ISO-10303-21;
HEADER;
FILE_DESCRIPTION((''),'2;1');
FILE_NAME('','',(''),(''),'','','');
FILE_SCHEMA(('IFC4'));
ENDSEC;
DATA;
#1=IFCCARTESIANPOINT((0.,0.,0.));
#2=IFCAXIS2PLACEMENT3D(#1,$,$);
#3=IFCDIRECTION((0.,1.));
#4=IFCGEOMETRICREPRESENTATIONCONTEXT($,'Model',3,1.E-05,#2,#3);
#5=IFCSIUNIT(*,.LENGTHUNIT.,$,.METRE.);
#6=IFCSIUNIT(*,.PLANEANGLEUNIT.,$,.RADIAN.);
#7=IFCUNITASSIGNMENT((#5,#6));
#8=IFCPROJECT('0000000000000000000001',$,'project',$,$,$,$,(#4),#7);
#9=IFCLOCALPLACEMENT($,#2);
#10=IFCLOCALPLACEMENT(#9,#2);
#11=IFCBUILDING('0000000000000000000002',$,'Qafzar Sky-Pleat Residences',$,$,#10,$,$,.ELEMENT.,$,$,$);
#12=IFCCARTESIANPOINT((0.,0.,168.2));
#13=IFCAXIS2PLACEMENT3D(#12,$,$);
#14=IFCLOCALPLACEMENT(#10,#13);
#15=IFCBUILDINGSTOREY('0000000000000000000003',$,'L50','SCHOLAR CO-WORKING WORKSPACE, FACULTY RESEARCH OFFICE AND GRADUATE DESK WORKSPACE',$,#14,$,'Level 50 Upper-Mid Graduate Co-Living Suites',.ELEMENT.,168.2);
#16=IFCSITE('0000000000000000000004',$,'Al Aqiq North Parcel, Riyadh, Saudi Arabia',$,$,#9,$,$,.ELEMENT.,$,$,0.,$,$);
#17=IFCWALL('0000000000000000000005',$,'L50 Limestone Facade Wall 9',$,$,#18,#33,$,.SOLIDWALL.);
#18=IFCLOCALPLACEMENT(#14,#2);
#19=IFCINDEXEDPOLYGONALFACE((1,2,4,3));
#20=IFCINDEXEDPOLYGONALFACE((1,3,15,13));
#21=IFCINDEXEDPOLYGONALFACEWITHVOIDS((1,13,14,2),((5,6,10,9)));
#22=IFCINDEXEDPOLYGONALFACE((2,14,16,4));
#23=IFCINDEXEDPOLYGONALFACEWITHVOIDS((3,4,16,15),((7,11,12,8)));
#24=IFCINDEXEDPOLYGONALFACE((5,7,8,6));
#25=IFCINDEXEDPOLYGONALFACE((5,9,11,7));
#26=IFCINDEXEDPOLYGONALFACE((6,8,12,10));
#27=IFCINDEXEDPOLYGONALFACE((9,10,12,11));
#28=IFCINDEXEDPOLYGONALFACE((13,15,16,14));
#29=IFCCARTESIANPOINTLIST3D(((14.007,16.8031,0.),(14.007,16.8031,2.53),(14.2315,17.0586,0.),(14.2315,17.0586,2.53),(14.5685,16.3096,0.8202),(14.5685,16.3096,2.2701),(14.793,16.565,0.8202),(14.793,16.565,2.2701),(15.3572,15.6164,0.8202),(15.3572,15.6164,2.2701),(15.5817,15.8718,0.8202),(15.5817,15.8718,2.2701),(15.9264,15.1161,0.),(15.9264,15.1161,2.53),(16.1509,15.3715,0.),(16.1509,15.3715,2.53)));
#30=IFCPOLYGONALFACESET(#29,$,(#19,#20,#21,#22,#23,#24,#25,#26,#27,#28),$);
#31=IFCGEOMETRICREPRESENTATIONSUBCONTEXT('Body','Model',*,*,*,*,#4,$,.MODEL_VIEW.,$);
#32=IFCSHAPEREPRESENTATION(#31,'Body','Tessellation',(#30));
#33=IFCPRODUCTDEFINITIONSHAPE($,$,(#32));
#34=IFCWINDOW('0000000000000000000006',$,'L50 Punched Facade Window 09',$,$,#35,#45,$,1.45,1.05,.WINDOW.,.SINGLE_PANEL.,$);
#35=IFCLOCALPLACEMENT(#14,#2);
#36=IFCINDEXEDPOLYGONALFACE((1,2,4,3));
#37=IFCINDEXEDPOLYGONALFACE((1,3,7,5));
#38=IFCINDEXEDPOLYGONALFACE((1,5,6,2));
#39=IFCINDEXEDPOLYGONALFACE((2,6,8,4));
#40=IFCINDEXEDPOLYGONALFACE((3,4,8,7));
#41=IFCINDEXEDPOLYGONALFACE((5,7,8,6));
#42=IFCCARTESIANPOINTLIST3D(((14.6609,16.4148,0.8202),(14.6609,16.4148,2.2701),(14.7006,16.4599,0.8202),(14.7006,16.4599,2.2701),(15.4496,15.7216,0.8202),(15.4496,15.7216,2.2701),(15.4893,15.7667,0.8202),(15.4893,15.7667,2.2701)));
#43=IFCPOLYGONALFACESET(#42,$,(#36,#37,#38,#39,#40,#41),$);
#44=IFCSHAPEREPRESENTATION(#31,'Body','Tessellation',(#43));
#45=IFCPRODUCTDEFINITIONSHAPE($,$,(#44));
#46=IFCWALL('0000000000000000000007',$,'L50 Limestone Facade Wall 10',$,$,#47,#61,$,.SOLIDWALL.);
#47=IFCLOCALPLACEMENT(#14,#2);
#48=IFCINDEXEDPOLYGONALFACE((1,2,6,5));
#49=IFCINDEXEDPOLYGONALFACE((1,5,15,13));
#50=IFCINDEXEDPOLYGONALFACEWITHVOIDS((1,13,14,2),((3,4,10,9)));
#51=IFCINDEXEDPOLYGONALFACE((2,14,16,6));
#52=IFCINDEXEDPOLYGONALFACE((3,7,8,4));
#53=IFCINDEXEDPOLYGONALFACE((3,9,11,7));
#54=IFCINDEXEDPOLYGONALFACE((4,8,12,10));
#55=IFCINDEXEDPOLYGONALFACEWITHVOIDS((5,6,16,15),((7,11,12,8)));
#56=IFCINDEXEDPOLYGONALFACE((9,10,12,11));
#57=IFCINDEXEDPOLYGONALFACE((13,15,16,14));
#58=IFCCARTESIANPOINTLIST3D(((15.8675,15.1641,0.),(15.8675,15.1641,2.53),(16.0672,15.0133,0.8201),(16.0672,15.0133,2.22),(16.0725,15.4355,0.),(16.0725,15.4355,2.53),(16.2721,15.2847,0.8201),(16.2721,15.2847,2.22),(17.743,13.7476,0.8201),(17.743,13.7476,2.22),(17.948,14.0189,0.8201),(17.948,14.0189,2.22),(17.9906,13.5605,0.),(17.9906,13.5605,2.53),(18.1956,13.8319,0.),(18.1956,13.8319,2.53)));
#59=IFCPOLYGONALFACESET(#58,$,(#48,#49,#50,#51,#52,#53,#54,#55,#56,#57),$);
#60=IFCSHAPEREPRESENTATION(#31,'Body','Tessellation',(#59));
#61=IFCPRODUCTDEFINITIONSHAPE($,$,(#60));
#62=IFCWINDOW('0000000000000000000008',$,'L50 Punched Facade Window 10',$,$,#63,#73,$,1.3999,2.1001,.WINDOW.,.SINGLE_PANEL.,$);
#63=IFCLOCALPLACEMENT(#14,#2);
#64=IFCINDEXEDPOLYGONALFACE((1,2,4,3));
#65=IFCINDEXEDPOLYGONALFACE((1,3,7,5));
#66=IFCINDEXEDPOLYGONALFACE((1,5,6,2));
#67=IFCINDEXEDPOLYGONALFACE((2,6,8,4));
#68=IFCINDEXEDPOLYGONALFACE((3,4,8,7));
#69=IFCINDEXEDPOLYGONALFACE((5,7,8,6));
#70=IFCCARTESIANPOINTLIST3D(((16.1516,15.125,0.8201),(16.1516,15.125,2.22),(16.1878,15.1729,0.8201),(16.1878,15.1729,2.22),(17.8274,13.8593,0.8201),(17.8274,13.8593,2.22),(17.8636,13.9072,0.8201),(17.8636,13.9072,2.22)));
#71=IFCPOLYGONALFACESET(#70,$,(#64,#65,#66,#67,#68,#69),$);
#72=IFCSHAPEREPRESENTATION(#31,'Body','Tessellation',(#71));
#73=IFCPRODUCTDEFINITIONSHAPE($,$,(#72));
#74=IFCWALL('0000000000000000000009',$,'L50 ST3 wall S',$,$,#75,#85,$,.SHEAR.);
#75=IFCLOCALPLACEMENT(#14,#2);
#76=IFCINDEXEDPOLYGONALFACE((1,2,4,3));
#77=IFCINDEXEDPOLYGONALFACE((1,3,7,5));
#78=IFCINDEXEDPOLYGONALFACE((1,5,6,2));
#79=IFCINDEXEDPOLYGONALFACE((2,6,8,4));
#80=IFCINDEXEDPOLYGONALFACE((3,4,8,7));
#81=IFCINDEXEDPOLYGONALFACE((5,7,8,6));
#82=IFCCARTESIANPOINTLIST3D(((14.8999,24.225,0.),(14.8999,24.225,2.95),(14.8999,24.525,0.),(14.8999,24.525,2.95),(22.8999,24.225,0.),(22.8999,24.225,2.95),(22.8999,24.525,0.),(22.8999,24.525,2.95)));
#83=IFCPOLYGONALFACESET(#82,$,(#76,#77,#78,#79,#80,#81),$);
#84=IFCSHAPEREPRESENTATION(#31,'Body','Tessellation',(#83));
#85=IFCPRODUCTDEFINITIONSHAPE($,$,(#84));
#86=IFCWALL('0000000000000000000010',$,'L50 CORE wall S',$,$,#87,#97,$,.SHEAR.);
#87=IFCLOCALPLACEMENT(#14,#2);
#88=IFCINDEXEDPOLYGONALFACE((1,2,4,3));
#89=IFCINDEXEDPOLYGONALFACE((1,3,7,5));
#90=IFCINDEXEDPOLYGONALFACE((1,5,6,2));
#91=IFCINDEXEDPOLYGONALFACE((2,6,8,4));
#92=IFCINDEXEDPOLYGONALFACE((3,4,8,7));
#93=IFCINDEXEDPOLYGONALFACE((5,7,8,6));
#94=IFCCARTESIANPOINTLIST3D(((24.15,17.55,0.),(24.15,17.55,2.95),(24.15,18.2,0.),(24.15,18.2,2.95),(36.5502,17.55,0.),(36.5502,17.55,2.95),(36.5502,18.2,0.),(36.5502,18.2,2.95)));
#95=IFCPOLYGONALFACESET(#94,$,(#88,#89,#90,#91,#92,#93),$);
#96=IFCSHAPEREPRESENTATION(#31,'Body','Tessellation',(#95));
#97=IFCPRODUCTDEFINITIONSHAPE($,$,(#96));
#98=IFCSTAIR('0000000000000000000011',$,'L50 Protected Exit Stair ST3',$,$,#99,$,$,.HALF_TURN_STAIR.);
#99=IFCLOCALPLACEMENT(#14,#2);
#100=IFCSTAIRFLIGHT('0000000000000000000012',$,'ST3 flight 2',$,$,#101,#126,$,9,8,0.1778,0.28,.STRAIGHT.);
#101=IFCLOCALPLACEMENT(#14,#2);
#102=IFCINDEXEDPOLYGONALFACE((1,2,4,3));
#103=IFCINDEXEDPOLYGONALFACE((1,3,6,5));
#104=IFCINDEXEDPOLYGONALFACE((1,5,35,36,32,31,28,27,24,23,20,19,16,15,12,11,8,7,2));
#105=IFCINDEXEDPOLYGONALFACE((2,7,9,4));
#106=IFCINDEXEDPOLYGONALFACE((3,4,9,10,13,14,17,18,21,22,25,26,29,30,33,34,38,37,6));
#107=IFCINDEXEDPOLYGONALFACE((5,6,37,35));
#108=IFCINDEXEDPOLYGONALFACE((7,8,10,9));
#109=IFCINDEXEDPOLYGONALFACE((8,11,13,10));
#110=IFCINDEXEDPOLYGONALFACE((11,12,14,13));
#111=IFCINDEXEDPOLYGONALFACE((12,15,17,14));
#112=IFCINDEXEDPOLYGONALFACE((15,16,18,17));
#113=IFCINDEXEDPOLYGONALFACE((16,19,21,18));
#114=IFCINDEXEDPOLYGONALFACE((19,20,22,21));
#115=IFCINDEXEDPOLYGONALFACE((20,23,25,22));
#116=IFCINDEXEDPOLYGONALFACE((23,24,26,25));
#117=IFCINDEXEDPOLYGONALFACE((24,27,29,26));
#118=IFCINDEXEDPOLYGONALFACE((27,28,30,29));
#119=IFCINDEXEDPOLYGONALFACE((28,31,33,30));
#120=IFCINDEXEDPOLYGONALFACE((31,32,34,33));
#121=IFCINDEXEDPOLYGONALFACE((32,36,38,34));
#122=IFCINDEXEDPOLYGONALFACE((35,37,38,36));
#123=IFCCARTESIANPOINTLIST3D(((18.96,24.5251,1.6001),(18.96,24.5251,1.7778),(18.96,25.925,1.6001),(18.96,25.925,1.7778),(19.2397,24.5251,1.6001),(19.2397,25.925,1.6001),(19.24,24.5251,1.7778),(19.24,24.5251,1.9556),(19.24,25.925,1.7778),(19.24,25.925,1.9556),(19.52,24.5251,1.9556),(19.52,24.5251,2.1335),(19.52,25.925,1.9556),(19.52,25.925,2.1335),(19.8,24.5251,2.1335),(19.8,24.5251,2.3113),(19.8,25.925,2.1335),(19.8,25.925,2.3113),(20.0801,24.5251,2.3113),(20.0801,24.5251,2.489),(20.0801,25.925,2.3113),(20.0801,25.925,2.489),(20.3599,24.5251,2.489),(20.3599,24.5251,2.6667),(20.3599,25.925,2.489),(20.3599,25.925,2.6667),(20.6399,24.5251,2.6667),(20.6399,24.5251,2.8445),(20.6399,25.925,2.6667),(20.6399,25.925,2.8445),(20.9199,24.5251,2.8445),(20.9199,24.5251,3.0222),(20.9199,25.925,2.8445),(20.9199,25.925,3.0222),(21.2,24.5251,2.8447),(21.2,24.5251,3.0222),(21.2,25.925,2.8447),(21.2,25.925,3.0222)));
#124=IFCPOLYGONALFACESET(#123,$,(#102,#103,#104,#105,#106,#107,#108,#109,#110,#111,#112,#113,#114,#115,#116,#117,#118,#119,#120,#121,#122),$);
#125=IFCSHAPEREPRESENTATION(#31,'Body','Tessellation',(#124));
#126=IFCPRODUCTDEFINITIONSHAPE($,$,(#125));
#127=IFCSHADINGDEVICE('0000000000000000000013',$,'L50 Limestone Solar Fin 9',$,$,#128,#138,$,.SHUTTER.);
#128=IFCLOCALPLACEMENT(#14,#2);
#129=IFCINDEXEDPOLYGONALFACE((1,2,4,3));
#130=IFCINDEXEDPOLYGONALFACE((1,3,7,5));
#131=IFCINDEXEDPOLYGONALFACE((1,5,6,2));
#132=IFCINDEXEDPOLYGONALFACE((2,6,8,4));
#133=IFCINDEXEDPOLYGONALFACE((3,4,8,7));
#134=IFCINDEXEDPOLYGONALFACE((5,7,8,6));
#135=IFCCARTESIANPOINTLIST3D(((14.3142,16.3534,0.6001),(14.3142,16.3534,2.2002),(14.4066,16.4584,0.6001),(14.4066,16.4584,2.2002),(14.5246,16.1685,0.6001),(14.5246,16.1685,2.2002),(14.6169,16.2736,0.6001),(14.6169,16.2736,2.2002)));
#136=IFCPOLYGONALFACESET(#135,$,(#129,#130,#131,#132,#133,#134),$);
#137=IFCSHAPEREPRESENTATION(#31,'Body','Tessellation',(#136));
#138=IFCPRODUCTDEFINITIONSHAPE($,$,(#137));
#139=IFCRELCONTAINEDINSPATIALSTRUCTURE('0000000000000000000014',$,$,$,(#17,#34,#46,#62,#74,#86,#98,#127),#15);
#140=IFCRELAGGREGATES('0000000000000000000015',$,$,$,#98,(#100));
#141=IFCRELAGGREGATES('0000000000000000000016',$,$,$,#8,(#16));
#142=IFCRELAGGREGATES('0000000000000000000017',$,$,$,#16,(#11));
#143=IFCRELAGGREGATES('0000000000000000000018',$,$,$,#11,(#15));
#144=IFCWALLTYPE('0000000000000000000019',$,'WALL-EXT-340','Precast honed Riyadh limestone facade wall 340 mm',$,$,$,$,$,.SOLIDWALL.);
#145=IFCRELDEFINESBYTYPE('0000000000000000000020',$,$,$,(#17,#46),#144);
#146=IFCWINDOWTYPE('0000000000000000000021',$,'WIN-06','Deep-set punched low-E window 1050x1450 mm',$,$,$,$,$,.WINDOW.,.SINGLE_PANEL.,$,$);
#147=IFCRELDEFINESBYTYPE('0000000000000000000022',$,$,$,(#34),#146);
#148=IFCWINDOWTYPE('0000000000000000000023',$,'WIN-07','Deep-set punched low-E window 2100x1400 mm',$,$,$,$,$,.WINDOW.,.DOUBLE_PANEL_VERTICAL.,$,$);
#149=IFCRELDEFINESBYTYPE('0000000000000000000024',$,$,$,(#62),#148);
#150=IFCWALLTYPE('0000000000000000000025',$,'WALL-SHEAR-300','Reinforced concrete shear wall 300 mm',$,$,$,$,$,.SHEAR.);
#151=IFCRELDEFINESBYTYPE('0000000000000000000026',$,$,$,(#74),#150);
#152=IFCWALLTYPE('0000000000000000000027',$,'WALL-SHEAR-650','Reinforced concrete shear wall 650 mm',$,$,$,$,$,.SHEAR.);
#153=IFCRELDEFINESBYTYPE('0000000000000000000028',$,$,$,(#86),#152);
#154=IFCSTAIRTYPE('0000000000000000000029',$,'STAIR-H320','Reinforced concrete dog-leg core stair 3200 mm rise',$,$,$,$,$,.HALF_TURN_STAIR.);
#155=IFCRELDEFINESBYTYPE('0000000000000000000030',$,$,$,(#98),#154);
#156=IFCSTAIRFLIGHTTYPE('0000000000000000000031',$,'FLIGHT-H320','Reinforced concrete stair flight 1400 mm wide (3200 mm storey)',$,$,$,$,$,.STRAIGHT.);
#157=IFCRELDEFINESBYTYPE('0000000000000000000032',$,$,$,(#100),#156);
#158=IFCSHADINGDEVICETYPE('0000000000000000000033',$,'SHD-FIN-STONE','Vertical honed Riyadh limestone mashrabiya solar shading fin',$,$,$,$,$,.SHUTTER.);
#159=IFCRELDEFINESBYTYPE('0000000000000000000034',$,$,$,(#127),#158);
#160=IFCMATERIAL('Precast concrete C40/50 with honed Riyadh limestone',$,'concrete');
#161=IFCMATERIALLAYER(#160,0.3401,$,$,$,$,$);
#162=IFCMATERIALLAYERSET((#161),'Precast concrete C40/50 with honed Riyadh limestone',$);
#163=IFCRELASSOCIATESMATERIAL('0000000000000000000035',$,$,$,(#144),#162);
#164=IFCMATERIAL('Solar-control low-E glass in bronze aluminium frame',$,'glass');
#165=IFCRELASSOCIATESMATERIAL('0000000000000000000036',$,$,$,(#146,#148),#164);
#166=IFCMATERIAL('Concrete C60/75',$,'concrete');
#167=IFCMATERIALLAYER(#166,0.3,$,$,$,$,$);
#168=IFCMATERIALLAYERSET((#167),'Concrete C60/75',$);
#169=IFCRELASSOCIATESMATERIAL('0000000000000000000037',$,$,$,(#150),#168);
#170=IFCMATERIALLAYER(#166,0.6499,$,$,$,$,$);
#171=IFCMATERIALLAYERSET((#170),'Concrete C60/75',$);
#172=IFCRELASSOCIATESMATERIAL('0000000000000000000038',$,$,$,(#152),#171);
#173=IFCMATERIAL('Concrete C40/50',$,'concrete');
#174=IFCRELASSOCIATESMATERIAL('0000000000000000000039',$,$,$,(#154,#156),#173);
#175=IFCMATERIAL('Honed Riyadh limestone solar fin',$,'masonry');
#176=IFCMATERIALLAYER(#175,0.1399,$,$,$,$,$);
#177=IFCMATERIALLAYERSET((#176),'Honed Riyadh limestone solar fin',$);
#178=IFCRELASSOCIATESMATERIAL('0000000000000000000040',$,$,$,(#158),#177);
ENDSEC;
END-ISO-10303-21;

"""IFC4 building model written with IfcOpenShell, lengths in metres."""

from ifc_helpers import new_model, si_unit, direction, frame, frame_2d, origin, origin_2d, place, context, subcontext, project, spatial, polyline, rectangle, outline, extrude, source, transform, mapped, material, layer, layer_set, type_object, element, fill, aggregate, save


model = new_model("IFC4")

# Units and contexts
model_context = context("Model", 3, precision=1e-05, world=origin(), true_north=direction((0.0, 1.0)))
body_context = subcontext(model_context, "Body", "Model", "MODEL_VIEW")
ifc_project = project(units=[si_unit("LENGTHUNIT", "METRE"), si_unit("PLANEANGLEUNIT", "RADIAN")], contexts=[model_context])

# Site, building, storey
site_placement = place(None, origin())
site = spatial("IfcSite", under=ifc_project, at=site_placement, Name="Al Aqiq North Parcel, Riyadh, Saudi Arabia", CompositionType="ELEMENT", RefElevation=0.0)
building_placement = place(site_placement, origin())
building = spatial("IfcBuilding", under=site, at=building_placement, Name="Qafzar Sky-Pleat Residences", CompositionType="ELEMENT")
storey_placement = place(building_placement, frame((0.0, 0.0, 168.2)))
storey = spatial("IfcBuildingStorey", under=building, at=storey_placement, Name="L50", Description="SCHOLAR CO-WORKING WORKSPACE, FACULTY RESEARCH OFFICE AND GRADUATE DESK WORKSPACE", LongName="Level 50 Upper-Mid Graduate Co-Living Suites", CompositionType="ELEMENT", Elevation=168.2)

# Walls, openings, windows
ifc_material_1 = material(Name="Precast concrete C40/50 with honed Riyadh limestone", Category="concrete")
ifc_layer_1 = layer(ifc_material_1, 0.3401)
ifc_layer_set_1 = layer_set([ifc_layer_1], Name="Precast concrete C40/50 with honed Riyadh limestone")
wall_type_1 = type_object("IfcWallType", Name="WALL-EXT-340", Description="Precast honed Riyadh limestone facade wall 340 mm", PredefinedType="SOLIDWALL", material=ifc_layer_set_1)
wall_1_placement = place(storey_placement, frame((14.1191, 16.9309, 0.0), z_axis=(0.0, 0.0, 1.0), x_axis=(0.751119, -0.660167, 0.0)))
wall_1 = element("IfcWall", 1, at=wall_1_placement, inside=storey, type_object=wall_type_1, Name="L50 Limestone Facade Wall 9", PredefinedType="SOLIDWALL", context=body_context, shape_type="SweptSolid", body=[
    extrude(rectangle(XDim=2.5554, YDim=0.3401, at=frame_2d((1.2778, 0.0))), origin(), (0.0, 0.0, 1.0), 2.53),
])
opening_1_placement = place(wall_1_placement, frame((0.7478, 0.0, 0.8201)))
opening_1 = element("IfcOpeningElement", 2, at=opening_1_placement, cuts=wall_1, PredefinedType="OPENING", context=body_context, shape_type="SweptSolid", body=[
    extrude(rectangle(XDim=1.05, YDim=1.45, at=frame_2d((0.5249, 0.7251))), frame((0.0, 0.1802, 0.0), z_axis=(0.0, -1.0, 0.0), x_axis=(1.0, 0.0, 0.0)), (0.0, 0.0, 1.0), 0.3601),
])
ifc_material_2 = material(Name="Solar-control low-E glass in bronze aluminium frame", Category="glass")
window_type_1 = type_object("IfcWindowType", Name="WIN-06", Description="Deep-set punched low-E window 1050x1450 mm", PartitioningType="SINGLE_PANEL", PredefinedType="WINDOW", material=ifc_material_2)
shared_shape_1 = source(origin(), body_context, "Body", "SweptSolid", [
    extrude(rectangle(XDim=1.05, YDim=1.45, at=frame_2d((0.5249, 0.7251))), frame((0.0, 0.03, 0.0), z_axis=(0.0, -1.0, 0.0), x_axis=(1.0, 0.0, 0.0)), (0.0, 0.0, 1.0), 0.0601),
])
window_1_placement = place(opening_1_placement, origin())
window_1 = element("IfcWindow", 3, at=window_1_placement, inside=storey, type_object=window_type_1, Name="L50 Punched Facade Window 09", OverallHeight=1.45, OverallWidth=1.05, PartitioningType="SINGLE_PANEL", PredefinedType="WINDOW", context=body_context, shape_type="MappedRepresentation", body=[
    mapped(shared_shape_1, transform((0.0, 0.0, 0.0), x_axis=(1.0, 0.0, 0.0), y_axis=(0.0, 1.0, 0.0), z_axis=(0.0, 0.0, 1.0), scale=1.0)),
])
fill(opening_1, window_1)
wall_2_placement = place(storey_placement, frame((15.97, 15.2998, 0.0), z_axis=(0.0, 0.0, 1.0), x_axis=(0.797969, -0.602698, 0.0)))
wall_2 = element("IfcWall", 4, at=wall_2_placement, inside=storey, type_object=wall_type_1, Name="L50 Limestone Facade Wall 10", PredefinedType="SOLIDWALL", context=body_context, shape_type="SweptSolid", body=[
    extrude(rectangle(XDim=2.6606, YDim=0.3401, at=frame_2d((1.3303, 0.0))), origin(), (0.0, 0.0, 1.0), 2.53),
])
opening_2_placement = place(wall_2_placement, frame((0.2502, 0.0, 0.8201)))
opening_2 = element("IfcOpeningElement", 5, at=opening_2_placement, cuts=wall_2, PredefinedType="OPENING", context=body_context, shape_type="SweptSolid", body=[
    extrude(rectangle(XDim=2.1001, YDim=1.3999, at=frame_2d((1.05, 0.7))), frame((0.0, 0.1802, 0.0), z_axis=(0.0, -1.0, 0.0), x_axis=(1.0, 0.0, 0.0)), (0.0, 0.0, 1.0), 0.3601),
])
window_type_2 = type_object("IfcWindowType", Name="WIN-07", Description="Deep-set punched low-E window 2100x1400 mm", PartitioningType="DOUBLE_PANEL_VERTICAL", PredefinedType="WINDOW", material=ifc_material_2)
shared_shape_2 = source(origin(), body_context, "Body", "SweptSolid", [
    extrude(rectangle(XDim=2.1001, YDim=1.3999, at=frame_2d((1.05, 0.7))), frame((0.0, 0.03, 0.0), z_axis=(0.0, -1.0, 0.0), x_axis=(1.0, 0.0, 0.0)), (0.0, 0.0, 1.0), 0.0601),
])
window_2_placement = place(opening_2_placement, origin())
window_2 = element("IfcWindow", 6, at=window_2_placement, inside=storey, type_object=window_type_2, Name="L50 Punched Facade Window 10", OverallHeight=1.3999, OverallWidth=2.1001, PartitioningType="SINGLE_PANEL", PredefinedType="WINDOW", context=body_context, shape_type="MappedRepresentation", body=[
    mapped(shared_shape_2, transform((0.0, 0.0, 0.0), x_axis=(1.0, 0.0, 0.0), y_axis=(0.0, 1.0, 0.0), z_axis=(0.0, 0.0, 1.0), scale=1.0)),
])
fill(opening_2, window_2)

# Shared definitions
ifc_material_3 = material(Name="Concrete C60/75", Category="concrete")
ifc_layer_2 = layer(ifc_material_3, 0.3)
ifc_layer_set_2 = layer_set([ifc_layer_2], Name="Concrete C60/75")
wall_type_2 = type_object("IfcWallType", Name="WALL-SHEAR-300", Description="Reinforced concrete shear wall 300 mm", PredefinedType="SHEAR", material=ifc_layer_set_2)

# Wall
wall_3_placement = place(storey_placement, frame((14.8999, 24.375, 0.0), z_axis=(0.0, 0.0, 1.0), x_axis=(1.0, 0.0, 0.0)))
element("IfcWall", 7, at=wall_3_placement, inside=storey, type_object=wall_type_2, Name="L50 ST3 wall S", PredefinedType="SHEAR", context=body_context, shape_type="SweptSolid", body=[
    extrude(rectangle(XDim=8.0, YDim=0.3, at=frame_2d((4.0, 0.0))), origin(), (0.0, 0.0, 1.0), 2.95),
])

# Wall
ifc_layer_3 = layer(ifc_material_3, 0.6499)
ifc_layer_set_3 = layer_set([ifc_layer_3], Name="Concrete C60/75")
wall_type_3 = type_object("IfcWallType", Name="WALL-SHEAR-650", Description="Reinforced concrete shear wall 650 mm", PredefinedType="SHEAR", material=ifc_layer_set_3)
wall_4_placement = place(storey_placement, frame((24.1499, 17.875, 0.0), z_axis=(0.0, 0.0, 1.0), x_axis=(1.0, 0.0, 0.0)))
element("IfcWall", 8, at=wall_4_placement, inside=storey, type_object=wall_type_3, Name="L50 CORE wall S", PredefinedType="SHEAR", context=body_context, shape_type="SweptSolid", body=[
    extrude(rectangle(XDim=12.4001, YDim=0.6499, at=frame_2d((6.2002, 0.0))), origin(), (0.0, 0.0, 1.0), 2.95),
])

# Stair, stair flight
ifc_material_4 = material(Name="Concrete C40/50", Category="concrete")
stair_type = type_object("IfcStairType", Name="STAIR-H320", Description="Reinforced concrete dog-leg core stair 3200 mm rise", PredefinedType="HALF_TURN_STAIR", material=ifc_material_4)
stair_placement = place(storey_placement, origin())
stair = element("IfcStair", 9, at=stair_placement, inside=storey, type_object=stair_type, Name="L50 Protected Exit Stair ST3", PredefinedType="HALF_TURN_STAIR")
stair_flight_type = type_object("IfcStairFlightType", Name="FLIGHT-H320", Description="Reinforced concrete stair flight 1400 mm wide (3200 mm storey)", PredefinedType="STRAIGHT", material=ifc_material_4)
shared_shape_3 = source(origin(), body_context, "Body", "SweptSolid", [
    extrude(outline(polyline([(0.0, 0.0), (0.0, 0.1777), (0.28, 0.1777), (0.28, 0.3555), (0.5601, 0.3555), (0.5601, 0.5334), (0.8401, 0.5334), (0.8401, 0.7112), (1.1201, 0.7112), (1.1201, 0.8889), (1.3999, 0.8889), (1.3999, 1.0667), (1.6799, 1.0667), (1.6799, 1.2444), (1.96, 1.2444), (1.96, 1.4221), (2.24, 1.4221), (2.24, 1.6001), (2.24, 1.2446), (0.2798, 0.0), (0.0, 0.0)])), frame((0.0, 0.7, 0.0), z_axis=(0.0, -1.0, 0.0), x_axis=(1.0, 0.0, 0.0)), (0.0, 0.0, 1.0), 1.3999),
])
stair_flight_placement = place(storey_placement, frame((18.96, 25.2251, 1.6001), z_axis=(0.0, 0.0, 1.0), x_axis=(1.0, 0.0, 0.0)))
stair_flight = element("IfcStairFlight", 10, at=stair_flight_placement, type_object=stair_flight_type, Name="ST3 flight 2", NumberOfRisers=9, NumberOfTreads=8, PredefinedType="STRAIGHT", RiserHeight=0.1778, TreadLength=0.28, context=body_context, shape_type="MappedRepresentation", body=[
    mapped(shared_shape_3, transform((0.0, 0.0, 0.0), x_axis=(1.0, 0.0, 0.0), y_axis=(0.0, 1.0, 0.0), z_axis=(0.0, 0.0, 1.0), scale=1.0)),
])
aggregate(stair, [stair_flight])

# Shading device
ifc_material_5 = material(Name="Honed Riyadh limestone solar fin", Category="masonry")
ifc_layer_4 = layer(ifc_material_5, 0.1399)
ifc_layer_set_4 = layer_set([ifc_layer_4], Name="Honed Riyadh limestone solar fin")
shading_device_type = type_object("IfcShadingDeviceType", Name="SHD-FIN-STONE", Description="Vertical honed Riyadh limestone mashrabiya solar shading fin", PredefinedType="SHUTTER", material=ifc_layer_set_4)
shared_shape_4 = source(origin(), body_context, "Body", "SweptSolid", [
    extrude(rectangle(XDim=0.1399, YDim=0.28, at=origin_2d()), origin(), (0.0, 0.0, 1.0), 1.6001),
])
shading_device_placement = place(storey_placement, frame((14.4656, 16.3135, 0.6001), z_axis=(0.0, 0.0, 1.0), x_axis=(-0.660161, -0.751124, 0.0)))
element("IfcShadingDevice", 11, at=shading_device_placement, inside=storey, type_object=shading_device_type, Name="L50 Limestone Solar Fin 9", PredefinedType="SHUTTER", context=body_context, shape_type="MappedRepresentation", body=[
    mapped(shared_shape_4, transform((0.0, 0.0, 0.0), x_axis=(1.0, 0.0, 0.0), y_axis=(0.0, 1.0, 0.0), z_axis=(0.0, 0.0, 1.0), scale=1.0)),
])

save(model, "model.ifc")
